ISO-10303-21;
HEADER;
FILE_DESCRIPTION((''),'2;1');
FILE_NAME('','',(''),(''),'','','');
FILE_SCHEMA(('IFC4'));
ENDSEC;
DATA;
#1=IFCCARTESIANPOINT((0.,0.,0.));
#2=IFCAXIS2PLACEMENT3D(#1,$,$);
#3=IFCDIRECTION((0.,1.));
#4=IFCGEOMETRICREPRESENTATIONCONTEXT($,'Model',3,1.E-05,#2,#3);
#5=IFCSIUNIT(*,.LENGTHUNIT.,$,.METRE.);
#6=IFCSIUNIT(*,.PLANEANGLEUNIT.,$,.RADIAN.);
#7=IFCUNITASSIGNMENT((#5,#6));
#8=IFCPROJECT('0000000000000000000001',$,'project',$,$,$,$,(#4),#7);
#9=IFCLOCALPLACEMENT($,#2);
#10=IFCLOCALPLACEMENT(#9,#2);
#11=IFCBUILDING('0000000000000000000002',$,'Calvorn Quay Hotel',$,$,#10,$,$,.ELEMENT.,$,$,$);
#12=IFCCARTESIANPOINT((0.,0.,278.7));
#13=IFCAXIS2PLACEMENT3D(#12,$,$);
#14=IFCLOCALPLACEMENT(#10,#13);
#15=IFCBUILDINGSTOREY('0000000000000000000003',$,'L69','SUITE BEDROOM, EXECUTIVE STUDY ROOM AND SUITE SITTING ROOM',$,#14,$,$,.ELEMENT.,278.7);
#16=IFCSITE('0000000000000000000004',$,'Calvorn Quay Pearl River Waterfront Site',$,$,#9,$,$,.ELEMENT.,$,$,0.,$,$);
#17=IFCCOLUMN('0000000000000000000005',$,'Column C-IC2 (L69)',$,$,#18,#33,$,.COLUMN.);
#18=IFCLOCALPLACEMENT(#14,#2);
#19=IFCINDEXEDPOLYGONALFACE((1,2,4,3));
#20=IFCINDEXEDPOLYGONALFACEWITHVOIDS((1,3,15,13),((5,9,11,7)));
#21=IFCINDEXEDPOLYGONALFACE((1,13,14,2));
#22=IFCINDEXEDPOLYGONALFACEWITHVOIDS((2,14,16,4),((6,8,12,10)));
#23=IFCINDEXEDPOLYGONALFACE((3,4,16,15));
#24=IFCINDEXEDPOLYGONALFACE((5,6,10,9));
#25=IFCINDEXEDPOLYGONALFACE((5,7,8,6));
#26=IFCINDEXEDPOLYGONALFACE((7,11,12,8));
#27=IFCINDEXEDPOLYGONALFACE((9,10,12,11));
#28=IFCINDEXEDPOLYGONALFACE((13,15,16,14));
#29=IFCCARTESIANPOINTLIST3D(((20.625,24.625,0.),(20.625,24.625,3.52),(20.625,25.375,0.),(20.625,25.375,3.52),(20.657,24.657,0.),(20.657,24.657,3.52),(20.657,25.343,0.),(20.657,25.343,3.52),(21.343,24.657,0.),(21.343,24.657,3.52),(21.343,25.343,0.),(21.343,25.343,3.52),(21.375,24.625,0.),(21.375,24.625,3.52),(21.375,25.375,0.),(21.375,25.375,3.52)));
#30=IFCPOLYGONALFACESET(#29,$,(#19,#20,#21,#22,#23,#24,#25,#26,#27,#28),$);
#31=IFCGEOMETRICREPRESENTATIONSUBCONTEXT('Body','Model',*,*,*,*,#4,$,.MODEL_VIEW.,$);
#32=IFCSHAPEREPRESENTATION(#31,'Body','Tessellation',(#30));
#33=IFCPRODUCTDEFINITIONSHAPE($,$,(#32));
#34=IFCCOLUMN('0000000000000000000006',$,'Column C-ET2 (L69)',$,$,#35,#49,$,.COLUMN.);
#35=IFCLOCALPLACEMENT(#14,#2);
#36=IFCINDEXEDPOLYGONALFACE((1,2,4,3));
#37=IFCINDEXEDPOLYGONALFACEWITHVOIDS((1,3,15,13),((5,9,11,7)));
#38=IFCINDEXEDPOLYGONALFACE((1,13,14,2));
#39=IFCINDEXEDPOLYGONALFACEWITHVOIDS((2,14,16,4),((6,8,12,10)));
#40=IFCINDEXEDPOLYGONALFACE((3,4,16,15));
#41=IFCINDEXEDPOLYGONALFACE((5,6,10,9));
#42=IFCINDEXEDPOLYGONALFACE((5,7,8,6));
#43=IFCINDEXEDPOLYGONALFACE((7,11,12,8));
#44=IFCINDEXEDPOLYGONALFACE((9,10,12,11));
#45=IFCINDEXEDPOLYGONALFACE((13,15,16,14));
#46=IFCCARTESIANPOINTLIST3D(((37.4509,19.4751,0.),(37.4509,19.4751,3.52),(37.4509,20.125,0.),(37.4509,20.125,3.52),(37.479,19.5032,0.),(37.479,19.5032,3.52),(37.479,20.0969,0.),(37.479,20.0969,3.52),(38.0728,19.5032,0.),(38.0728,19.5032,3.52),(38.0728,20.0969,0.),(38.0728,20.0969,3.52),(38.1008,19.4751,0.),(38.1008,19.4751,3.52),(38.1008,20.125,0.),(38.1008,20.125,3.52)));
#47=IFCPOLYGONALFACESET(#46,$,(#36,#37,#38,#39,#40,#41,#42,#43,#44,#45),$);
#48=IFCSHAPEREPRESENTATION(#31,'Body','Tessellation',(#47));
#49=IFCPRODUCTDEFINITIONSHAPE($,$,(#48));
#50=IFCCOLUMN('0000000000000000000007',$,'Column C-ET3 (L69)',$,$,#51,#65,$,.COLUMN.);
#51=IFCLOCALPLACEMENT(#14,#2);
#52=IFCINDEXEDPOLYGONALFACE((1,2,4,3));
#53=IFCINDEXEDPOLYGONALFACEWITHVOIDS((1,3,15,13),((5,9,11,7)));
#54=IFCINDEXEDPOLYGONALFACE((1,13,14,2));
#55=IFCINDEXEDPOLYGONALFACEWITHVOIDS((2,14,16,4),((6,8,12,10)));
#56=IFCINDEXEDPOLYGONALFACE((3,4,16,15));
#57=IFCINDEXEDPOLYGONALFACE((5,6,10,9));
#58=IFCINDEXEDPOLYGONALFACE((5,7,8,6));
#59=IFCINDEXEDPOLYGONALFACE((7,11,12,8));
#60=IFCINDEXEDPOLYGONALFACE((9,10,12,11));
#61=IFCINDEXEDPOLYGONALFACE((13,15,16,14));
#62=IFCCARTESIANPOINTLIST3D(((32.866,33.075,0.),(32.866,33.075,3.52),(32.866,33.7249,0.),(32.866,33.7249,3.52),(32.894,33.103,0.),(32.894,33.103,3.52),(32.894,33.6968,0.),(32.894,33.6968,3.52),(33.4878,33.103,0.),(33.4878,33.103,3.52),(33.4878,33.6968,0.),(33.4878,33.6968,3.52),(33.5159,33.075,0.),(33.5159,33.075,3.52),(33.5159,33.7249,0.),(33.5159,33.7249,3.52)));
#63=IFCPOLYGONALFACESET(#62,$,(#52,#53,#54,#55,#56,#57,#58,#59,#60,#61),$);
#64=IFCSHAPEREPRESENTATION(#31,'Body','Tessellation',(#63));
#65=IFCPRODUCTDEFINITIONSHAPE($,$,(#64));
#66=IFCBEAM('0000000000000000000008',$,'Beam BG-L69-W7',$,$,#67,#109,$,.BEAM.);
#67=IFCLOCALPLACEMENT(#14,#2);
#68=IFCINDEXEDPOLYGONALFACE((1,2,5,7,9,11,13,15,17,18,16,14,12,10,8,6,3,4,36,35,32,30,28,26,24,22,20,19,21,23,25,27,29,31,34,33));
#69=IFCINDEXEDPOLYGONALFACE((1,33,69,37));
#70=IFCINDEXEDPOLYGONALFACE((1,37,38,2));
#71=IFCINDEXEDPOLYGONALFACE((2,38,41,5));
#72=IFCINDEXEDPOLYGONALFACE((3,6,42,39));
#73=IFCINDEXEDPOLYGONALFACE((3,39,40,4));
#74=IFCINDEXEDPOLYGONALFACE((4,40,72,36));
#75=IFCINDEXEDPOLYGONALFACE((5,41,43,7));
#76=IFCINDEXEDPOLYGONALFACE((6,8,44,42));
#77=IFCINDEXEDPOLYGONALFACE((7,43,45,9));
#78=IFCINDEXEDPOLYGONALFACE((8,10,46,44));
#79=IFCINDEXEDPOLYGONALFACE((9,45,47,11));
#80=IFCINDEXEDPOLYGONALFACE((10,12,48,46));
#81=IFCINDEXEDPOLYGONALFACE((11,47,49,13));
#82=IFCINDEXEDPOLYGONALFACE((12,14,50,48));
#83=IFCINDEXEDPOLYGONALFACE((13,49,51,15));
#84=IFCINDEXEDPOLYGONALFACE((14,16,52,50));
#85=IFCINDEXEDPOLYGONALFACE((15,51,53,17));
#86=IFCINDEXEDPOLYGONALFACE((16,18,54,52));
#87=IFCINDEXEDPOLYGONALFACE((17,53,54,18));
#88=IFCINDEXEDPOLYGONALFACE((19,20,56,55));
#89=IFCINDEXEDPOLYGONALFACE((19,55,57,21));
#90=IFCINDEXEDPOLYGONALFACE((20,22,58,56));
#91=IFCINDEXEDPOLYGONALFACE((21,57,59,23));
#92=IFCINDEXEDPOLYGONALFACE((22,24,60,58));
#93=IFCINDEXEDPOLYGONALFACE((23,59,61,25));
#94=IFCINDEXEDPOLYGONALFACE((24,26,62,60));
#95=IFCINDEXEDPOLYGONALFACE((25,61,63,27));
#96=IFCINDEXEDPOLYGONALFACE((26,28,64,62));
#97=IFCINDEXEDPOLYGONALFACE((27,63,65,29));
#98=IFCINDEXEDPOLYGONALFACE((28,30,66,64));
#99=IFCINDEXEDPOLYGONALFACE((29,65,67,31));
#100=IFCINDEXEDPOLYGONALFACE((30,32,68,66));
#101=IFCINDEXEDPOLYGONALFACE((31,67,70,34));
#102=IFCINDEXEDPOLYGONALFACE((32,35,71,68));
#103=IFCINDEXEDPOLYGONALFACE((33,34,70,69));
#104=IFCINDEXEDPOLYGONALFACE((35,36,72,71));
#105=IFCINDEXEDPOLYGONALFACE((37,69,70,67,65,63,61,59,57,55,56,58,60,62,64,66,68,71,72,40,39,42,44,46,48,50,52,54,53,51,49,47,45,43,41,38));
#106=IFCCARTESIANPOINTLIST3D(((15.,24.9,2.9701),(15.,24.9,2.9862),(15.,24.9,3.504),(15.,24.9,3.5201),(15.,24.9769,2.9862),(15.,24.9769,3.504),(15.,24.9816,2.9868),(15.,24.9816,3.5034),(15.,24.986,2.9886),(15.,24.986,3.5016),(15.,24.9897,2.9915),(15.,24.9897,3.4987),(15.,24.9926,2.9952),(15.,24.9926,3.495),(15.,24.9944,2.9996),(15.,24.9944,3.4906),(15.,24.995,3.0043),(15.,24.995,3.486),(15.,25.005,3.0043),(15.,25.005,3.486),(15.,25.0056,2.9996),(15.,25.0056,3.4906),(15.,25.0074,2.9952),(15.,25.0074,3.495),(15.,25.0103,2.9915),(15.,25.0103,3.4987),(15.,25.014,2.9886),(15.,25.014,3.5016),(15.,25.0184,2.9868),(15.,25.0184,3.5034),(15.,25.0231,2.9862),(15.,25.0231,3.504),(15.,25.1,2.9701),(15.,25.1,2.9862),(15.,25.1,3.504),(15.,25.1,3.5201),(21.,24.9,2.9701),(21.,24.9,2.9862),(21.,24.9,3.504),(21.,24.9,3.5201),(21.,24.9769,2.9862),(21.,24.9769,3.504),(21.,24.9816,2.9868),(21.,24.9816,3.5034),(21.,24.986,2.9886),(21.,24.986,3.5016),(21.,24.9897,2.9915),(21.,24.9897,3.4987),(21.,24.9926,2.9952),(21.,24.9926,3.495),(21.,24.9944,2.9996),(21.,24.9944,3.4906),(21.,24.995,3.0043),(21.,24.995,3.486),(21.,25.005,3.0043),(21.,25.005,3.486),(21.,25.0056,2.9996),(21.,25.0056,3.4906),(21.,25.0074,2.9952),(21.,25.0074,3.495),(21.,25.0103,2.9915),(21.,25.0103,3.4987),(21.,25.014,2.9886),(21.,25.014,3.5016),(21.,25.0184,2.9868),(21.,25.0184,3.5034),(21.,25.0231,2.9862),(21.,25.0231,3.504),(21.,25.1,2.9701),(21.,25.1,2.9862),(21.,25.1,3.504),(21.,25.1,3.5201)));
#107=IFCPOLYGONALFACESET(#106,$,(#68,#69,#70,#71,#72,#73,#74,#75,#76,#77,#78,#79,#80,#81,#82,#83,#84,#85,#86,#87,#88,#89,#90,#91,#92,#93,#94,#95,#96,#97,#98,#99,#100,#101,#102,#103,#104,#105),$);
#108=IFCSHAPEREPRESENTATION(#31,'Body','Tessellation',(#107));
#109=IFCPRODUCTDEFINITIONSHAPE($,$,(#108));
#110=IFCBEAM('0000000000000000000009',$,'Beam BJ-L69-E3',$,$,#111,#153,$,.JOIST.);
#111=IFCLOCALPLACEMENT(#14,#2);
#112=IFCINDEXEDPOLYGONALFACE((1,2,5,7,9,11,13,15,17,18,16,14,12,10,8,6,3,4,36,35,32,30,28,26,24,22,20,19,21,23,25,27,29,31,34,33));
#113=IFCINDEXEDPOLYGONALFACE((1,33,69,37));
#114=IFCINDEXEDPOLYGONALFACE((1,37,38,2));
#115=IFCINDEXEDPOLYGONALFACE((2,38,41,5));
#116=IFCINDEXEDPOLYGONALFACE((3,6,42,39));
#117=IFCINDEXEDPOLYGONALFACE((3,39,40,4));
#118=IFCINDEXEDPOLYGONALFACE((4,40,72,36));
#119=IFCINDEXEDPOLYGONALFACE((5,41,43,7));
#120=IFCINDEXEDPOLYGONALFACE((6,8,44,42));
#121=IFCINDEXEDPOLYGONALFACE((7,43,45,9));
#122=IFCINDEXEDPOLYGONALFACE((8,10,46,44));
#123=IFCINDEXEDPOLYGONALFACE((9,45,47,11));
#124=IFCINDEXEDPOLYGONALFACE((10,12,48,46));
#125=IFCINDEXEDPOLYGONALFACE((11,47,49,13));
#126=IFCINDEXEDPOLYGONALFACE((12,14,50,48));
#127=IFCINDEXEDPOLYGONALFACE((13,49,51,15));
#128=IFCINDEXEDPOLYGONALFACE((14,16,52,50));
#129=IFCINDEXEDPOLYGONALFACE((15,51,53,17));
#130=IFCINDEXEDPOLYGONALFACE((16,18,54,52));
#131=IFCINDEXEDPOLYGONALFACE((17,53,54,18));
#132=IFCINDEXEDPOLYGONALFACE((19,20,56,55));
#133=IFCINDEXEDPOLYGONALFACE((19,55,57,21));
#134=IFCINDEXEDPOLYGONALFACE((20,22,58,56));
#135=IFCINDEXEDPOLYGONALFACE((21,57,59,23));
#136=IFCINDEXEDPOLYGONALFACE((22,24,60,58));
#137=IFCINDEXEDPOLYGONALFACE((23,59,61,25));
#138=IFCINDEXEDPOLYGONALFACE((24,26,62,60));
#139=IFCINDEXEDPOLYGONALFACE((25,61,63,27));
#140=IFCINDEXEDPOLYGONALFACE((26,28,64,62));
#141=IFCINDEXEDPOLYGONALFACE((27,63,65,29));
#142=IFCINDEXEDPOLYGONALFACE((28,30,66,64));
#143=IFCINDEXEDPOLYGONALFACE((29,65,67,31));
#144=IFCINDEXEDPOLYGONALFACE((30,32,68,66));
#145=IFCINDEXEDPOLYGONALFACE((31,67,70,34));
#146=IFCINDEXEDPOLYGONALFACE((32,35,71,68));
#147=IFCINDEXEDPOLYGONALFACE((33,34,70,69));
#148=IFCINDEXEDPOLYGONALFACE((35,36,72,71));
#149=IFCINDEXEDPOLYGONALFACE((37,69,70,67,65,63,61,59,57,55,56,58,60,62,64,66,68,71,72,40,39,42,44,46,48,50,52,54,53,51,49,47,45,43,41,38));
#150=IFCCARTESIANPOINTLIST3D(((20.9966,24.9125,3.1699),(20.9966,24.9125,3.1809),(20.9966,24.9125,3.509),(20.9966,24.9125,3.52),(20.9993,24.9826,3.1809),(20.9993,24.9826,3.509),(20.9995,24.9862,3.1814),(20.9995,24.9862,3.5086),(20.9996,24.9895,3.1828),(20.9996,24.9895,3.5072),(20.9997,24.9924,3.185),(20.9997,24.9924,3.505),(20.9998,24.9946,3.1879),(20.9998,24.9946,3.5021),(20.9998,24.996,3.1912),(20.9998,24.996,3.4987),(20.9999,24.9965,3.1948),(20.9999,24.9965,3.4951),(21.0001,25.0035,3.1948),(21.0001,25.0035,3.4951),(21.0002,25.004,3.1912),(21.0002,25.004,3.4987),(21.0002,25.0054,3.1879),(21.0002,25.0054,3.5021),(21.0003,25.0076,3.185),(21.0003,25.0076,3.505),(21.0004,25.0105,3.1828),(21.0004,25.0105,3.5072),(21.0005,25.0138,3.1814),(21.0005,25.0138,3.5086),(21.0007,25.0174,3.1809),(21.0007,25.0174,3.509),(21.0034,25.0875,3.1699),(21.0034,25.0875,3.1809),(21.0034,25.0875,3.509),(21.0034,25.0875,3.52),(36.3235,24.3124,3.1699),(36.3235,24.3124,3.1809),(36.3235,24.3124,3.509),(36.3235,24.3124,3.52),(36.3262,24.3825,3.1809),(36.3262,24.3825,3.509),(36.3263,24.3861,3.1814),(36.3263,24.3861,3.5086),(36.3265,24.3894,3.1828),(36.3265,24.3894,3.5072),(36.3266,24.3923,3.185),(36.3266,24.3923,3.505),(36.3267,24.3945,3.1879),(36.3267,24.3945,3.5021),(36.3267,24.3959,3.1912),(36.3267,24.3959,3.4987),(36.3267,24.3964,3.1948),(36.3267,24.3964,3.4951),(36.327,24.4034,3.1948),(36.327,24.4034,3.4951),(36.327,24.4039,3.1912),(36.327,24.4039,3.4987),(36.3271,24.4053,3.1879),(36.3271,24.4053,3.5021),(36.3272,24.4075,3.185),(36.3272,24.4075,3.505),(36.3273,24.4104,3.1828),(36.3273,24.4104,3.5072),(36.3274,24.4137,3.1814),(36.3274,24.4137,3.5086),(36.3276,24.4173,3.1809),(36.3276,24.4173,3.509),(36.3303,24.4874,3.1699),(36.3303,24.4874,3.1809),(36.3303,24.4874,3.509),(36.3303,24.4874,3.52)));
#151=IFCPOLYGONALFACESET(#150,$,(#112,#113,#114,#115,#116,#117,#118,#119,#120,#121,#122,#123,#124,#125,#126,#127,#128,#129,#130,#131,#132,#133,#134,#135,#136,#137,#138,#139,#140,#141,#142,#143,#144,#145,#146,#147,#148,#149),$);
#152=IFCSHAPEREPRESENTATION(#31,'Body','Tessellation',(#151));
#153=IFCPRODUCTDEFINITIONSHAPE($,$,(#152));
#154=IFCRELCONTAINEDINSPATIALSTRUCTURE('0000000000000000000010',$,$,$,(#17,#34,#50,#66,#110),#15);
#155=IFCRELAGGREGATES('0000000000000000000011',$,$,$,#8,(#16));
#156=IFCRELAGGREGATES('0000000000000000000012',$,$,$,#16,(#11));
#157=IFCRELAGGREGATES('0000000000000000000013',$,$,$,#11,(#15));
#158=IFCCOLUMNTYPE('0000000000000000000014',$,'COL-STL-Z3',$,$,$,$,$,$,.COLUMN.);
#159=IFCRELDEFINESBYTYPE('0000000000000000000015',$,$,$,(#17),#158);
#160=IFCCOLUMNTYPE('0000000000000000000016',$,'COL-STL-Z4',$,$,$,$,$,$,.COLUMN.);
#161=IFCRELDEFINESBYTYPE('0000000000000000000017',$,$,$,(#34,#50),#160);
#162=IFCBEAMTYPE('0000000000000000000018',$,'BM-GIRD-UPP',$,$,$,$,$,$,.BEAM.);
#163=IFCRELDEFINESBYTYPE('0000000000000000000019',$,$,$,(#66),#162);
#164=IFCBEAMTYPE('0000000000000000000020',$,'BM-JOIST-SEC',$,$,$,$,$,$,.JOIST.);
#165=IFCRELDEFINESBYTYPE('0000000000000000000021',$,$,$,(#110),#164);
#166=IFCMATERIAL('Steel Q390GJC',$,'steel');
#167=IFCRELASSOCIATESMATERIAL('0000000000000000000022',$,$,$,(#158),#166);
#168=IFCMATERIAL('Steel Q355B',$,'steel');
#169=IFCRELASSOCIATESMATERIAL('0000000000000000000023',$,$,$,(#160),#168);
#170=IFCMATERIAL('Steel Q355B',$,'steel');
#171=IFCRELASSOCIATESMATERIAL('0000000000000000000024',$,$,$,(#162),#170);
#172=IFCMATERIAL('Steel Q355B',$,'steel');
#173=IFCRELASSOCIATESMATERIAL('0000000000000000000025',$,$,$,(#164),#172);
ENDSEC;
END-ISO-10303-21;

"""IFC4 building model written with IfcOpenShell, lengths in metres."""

from ifc_helpers import new_model, si_unit, direction, frame, origin, origin_2d, place, context, subcontext, project, spatial, hollow_rectangle, i_section, extrude, material, material_profile, profile_set, type_object, element, save


model = new_model("IFC4")

# Units and contexts
model_context = context("Model", 3, precision=1e-05, world=origin(), true_north=direction((0.0, 1.0)))
body_context = subcontext(model_context, "Body", "Model", "MODEL_VIEW")
ifc_project = project(units=[si_unit("LENGTHUNIT", "METRE"), si_unit("PLANEANGLEUNIT", "RADIAN")], contexts=[model_context])

# Site, building, storey
site_placement = place(None, origin())
site = spatial("IfcSite", under=ifc_project, at=site_placement, Name="Calvorn Quay Pearl River Waterfront Site", CompositionType="ELEMENT", RefElevation=0.0)
building_placement = place(site_placement, origin())
building = spatial("IfcBuilding", under=site, at=building_placement, Name="Calvorn Quay Hotel", CompositionType="ELEMENT")
storey_placement = place(building_placement, frame((0.0, 0.0, 278.7)))
storey = spatial("IfcBuildingStorey", under=building, at=storey_placement, Name="L69", Description="SUITE BEDROOM, EXECUTIVE STUDY ROOM AND SUITE SITTING ROOM", CompositionType="ELEMENT", Elevation=278.7)

# Columns
ifc_material_1 = material(Name="Steel Q390GJC", Category="steel")
ifc_material_profile_1 = material_profile(ifc_material_1, hollow_rectangle(XDim=0.75, YDim=0.75, WallThickness=0.032, at=origin_2d()), Name="BOX750x750x32")
ifc_profile_set_1 = profile_set([ifc_material_profile_1], Name="Steel Q390GJC")
column_type_1 = type_object("IfcColumnType", Name="COL-STL-Z3", PredefinedType="COLUMN", material=ifc_profile_set_1)
column_placement = place(storey_placement, frame((21.0, 25.0, 0.0), z_axis=(0.0, 0.0, 1.0), x_axis=(1.0, 0.0, 0.0)))
element("IfcColumn", 1, at=column_placement, inside=storey, type_object=column_type_1, Name="Column C-IC2 (L69)", PredefinedType="COLUMN", context=body_context, shape_type="SweptSolid", body=[
    extrude(hollow_rectangle(XDim=0.75, YDim=0.75, WallThickness=0.032, at=origin_2d()), origin(), (0.0, 0.0, 1.0), 3.52),
])
ifc_material_2 = material(Name="Steel Q355B", Category="steel")
ifc_material_profile_2 = material_profile(ifc_material_2, hollow_rectangle(XDim=0.6499, YDim=0.6499, WallThickness=0.0281, at=origin_2d()), Name="BOX650x650x28")
ifc_profile_set_2 = profile_set([ifc_material_profile_2], Name="Steel Q355B")
column_type_2 = type_object("IfcColumnType", Name="COL-STL-Z4", PredefinedType="COLUMN", material=ifc_profile_set_2)
for number, where, z_axis, x_axis, name in (
    (2, (37.7759, 19.8, 0.0), (0.0, 0.0, 1.0), (1.0, 0.0, 0.0), "Column C-ET2 (L69)"),
    (3, (33.1909, 33.3999, 0.0), (0.0, 0.0, 1.0), (1.0, 0.0, 0.0), "Column C-ET3 (L69)"),
):
    element("IfcColumn", number, at=place(storey_placement, frame(where, z_axis=z_axis, x_axis=x_axis)), inside=storey, type_object=column_type_2, Name=name, PredefinedType="COLUMN", context=body_context, shape_type="SweptSolid", body=[
        extrude(hollow_rectangle(XDim=0.6499, YDim=0.6499, WallThickness=0.0281, at=origin_2d()), origin(), (0.0, 0.0, 1.0), 3.52),
    ])

# Beams
ifc_material_3 = material(Name="Steel Q355B", Category="steel")
ifc_material_profile_3 = material_profile(ifc_material_3, i_section(OverallWidth=0.2, OverallDepth=0.55, WebThickness=0.01, FlangeThickness=0.0161, FilletRadius=0.0181, at=origin_2d()), Name="HN550x200x10x16")
ifc_profile_set_3 = profile_set([ifc_material_profile_3], Name="Steel Q355B")
beam_type_1 = type_object("IfcBeamType", Name="BM-GIRD-UPP", PredefinedType="BEAM", material=ifc_profile_set_3)
beam_1_placement = place(storey_placement, frame((21.0, 25.0, 3.2451), z_axis=(-1.0, 0.0, 0.0), x_axis=(0.0, -1.0, 0.0)))
element("IfcBeam", 4, at=beam_1_placement, inside=storey, type_object=beam_type_1, Name="Beam BG-L69-W7", PredefinedType="BEAM", context=body_context, shape_type="SweptSolid", body=[
    extrude(i_section(OverallWidth=0.2, OverallDepth=0.55, WebThickness=0.01, FlangeThickness=0.0161, FilletRadius=0.0181, at=origin_2d()), origin(), (0.0, 0.0, 1.0), 6.0),
])
ifc_material_4 = material(Name="Steel Q355B", Category="steel")
ifc_material_profile_4 = material_profile(ifc_material_4, i_section(OverallWidth=0.175, OverallDepth=0.3501, WebThickness=0.0071, FlangeThickness=0.011, FilletRadius=0.0139, at=origin_2d()), Name="HN350x175x7x11")
ifc_profile_set_4 = profile_set([ifc_material_profile_4], Name="Steel Q355B")
beam_type_2 = type_object("IfcBeamType", Name="BM-JOIST-SEC", PredefinedType="JOIST", material=ifc_profile_set_4)
beam_2_placement = place(storey_placement, frame((21.0, 25.0, 3.345), z_axis=(0.999234, -0.039123, 0.0), x_axis=(0.039123, 0.999234, 0.0)))
element("IfcBeam", 5, at=beam_2_placement, inside=storey, type_object=beam_type_2, Name="Beam BJ-L69-E3", PredefinedType="JOIST", context=body_context, shape_type="SweptSolid", body=[
    extrude(i_section(OverallWidth=0.175, OverallDepth=0.3501, WebThickness=0.0071, FlangeThickness=0.011, FilletRadius=0.0139, at=origin_2d()), origin(), (0.0, 0.0, 1.0), 15.3386),
])

save(model, "model.ifc")
